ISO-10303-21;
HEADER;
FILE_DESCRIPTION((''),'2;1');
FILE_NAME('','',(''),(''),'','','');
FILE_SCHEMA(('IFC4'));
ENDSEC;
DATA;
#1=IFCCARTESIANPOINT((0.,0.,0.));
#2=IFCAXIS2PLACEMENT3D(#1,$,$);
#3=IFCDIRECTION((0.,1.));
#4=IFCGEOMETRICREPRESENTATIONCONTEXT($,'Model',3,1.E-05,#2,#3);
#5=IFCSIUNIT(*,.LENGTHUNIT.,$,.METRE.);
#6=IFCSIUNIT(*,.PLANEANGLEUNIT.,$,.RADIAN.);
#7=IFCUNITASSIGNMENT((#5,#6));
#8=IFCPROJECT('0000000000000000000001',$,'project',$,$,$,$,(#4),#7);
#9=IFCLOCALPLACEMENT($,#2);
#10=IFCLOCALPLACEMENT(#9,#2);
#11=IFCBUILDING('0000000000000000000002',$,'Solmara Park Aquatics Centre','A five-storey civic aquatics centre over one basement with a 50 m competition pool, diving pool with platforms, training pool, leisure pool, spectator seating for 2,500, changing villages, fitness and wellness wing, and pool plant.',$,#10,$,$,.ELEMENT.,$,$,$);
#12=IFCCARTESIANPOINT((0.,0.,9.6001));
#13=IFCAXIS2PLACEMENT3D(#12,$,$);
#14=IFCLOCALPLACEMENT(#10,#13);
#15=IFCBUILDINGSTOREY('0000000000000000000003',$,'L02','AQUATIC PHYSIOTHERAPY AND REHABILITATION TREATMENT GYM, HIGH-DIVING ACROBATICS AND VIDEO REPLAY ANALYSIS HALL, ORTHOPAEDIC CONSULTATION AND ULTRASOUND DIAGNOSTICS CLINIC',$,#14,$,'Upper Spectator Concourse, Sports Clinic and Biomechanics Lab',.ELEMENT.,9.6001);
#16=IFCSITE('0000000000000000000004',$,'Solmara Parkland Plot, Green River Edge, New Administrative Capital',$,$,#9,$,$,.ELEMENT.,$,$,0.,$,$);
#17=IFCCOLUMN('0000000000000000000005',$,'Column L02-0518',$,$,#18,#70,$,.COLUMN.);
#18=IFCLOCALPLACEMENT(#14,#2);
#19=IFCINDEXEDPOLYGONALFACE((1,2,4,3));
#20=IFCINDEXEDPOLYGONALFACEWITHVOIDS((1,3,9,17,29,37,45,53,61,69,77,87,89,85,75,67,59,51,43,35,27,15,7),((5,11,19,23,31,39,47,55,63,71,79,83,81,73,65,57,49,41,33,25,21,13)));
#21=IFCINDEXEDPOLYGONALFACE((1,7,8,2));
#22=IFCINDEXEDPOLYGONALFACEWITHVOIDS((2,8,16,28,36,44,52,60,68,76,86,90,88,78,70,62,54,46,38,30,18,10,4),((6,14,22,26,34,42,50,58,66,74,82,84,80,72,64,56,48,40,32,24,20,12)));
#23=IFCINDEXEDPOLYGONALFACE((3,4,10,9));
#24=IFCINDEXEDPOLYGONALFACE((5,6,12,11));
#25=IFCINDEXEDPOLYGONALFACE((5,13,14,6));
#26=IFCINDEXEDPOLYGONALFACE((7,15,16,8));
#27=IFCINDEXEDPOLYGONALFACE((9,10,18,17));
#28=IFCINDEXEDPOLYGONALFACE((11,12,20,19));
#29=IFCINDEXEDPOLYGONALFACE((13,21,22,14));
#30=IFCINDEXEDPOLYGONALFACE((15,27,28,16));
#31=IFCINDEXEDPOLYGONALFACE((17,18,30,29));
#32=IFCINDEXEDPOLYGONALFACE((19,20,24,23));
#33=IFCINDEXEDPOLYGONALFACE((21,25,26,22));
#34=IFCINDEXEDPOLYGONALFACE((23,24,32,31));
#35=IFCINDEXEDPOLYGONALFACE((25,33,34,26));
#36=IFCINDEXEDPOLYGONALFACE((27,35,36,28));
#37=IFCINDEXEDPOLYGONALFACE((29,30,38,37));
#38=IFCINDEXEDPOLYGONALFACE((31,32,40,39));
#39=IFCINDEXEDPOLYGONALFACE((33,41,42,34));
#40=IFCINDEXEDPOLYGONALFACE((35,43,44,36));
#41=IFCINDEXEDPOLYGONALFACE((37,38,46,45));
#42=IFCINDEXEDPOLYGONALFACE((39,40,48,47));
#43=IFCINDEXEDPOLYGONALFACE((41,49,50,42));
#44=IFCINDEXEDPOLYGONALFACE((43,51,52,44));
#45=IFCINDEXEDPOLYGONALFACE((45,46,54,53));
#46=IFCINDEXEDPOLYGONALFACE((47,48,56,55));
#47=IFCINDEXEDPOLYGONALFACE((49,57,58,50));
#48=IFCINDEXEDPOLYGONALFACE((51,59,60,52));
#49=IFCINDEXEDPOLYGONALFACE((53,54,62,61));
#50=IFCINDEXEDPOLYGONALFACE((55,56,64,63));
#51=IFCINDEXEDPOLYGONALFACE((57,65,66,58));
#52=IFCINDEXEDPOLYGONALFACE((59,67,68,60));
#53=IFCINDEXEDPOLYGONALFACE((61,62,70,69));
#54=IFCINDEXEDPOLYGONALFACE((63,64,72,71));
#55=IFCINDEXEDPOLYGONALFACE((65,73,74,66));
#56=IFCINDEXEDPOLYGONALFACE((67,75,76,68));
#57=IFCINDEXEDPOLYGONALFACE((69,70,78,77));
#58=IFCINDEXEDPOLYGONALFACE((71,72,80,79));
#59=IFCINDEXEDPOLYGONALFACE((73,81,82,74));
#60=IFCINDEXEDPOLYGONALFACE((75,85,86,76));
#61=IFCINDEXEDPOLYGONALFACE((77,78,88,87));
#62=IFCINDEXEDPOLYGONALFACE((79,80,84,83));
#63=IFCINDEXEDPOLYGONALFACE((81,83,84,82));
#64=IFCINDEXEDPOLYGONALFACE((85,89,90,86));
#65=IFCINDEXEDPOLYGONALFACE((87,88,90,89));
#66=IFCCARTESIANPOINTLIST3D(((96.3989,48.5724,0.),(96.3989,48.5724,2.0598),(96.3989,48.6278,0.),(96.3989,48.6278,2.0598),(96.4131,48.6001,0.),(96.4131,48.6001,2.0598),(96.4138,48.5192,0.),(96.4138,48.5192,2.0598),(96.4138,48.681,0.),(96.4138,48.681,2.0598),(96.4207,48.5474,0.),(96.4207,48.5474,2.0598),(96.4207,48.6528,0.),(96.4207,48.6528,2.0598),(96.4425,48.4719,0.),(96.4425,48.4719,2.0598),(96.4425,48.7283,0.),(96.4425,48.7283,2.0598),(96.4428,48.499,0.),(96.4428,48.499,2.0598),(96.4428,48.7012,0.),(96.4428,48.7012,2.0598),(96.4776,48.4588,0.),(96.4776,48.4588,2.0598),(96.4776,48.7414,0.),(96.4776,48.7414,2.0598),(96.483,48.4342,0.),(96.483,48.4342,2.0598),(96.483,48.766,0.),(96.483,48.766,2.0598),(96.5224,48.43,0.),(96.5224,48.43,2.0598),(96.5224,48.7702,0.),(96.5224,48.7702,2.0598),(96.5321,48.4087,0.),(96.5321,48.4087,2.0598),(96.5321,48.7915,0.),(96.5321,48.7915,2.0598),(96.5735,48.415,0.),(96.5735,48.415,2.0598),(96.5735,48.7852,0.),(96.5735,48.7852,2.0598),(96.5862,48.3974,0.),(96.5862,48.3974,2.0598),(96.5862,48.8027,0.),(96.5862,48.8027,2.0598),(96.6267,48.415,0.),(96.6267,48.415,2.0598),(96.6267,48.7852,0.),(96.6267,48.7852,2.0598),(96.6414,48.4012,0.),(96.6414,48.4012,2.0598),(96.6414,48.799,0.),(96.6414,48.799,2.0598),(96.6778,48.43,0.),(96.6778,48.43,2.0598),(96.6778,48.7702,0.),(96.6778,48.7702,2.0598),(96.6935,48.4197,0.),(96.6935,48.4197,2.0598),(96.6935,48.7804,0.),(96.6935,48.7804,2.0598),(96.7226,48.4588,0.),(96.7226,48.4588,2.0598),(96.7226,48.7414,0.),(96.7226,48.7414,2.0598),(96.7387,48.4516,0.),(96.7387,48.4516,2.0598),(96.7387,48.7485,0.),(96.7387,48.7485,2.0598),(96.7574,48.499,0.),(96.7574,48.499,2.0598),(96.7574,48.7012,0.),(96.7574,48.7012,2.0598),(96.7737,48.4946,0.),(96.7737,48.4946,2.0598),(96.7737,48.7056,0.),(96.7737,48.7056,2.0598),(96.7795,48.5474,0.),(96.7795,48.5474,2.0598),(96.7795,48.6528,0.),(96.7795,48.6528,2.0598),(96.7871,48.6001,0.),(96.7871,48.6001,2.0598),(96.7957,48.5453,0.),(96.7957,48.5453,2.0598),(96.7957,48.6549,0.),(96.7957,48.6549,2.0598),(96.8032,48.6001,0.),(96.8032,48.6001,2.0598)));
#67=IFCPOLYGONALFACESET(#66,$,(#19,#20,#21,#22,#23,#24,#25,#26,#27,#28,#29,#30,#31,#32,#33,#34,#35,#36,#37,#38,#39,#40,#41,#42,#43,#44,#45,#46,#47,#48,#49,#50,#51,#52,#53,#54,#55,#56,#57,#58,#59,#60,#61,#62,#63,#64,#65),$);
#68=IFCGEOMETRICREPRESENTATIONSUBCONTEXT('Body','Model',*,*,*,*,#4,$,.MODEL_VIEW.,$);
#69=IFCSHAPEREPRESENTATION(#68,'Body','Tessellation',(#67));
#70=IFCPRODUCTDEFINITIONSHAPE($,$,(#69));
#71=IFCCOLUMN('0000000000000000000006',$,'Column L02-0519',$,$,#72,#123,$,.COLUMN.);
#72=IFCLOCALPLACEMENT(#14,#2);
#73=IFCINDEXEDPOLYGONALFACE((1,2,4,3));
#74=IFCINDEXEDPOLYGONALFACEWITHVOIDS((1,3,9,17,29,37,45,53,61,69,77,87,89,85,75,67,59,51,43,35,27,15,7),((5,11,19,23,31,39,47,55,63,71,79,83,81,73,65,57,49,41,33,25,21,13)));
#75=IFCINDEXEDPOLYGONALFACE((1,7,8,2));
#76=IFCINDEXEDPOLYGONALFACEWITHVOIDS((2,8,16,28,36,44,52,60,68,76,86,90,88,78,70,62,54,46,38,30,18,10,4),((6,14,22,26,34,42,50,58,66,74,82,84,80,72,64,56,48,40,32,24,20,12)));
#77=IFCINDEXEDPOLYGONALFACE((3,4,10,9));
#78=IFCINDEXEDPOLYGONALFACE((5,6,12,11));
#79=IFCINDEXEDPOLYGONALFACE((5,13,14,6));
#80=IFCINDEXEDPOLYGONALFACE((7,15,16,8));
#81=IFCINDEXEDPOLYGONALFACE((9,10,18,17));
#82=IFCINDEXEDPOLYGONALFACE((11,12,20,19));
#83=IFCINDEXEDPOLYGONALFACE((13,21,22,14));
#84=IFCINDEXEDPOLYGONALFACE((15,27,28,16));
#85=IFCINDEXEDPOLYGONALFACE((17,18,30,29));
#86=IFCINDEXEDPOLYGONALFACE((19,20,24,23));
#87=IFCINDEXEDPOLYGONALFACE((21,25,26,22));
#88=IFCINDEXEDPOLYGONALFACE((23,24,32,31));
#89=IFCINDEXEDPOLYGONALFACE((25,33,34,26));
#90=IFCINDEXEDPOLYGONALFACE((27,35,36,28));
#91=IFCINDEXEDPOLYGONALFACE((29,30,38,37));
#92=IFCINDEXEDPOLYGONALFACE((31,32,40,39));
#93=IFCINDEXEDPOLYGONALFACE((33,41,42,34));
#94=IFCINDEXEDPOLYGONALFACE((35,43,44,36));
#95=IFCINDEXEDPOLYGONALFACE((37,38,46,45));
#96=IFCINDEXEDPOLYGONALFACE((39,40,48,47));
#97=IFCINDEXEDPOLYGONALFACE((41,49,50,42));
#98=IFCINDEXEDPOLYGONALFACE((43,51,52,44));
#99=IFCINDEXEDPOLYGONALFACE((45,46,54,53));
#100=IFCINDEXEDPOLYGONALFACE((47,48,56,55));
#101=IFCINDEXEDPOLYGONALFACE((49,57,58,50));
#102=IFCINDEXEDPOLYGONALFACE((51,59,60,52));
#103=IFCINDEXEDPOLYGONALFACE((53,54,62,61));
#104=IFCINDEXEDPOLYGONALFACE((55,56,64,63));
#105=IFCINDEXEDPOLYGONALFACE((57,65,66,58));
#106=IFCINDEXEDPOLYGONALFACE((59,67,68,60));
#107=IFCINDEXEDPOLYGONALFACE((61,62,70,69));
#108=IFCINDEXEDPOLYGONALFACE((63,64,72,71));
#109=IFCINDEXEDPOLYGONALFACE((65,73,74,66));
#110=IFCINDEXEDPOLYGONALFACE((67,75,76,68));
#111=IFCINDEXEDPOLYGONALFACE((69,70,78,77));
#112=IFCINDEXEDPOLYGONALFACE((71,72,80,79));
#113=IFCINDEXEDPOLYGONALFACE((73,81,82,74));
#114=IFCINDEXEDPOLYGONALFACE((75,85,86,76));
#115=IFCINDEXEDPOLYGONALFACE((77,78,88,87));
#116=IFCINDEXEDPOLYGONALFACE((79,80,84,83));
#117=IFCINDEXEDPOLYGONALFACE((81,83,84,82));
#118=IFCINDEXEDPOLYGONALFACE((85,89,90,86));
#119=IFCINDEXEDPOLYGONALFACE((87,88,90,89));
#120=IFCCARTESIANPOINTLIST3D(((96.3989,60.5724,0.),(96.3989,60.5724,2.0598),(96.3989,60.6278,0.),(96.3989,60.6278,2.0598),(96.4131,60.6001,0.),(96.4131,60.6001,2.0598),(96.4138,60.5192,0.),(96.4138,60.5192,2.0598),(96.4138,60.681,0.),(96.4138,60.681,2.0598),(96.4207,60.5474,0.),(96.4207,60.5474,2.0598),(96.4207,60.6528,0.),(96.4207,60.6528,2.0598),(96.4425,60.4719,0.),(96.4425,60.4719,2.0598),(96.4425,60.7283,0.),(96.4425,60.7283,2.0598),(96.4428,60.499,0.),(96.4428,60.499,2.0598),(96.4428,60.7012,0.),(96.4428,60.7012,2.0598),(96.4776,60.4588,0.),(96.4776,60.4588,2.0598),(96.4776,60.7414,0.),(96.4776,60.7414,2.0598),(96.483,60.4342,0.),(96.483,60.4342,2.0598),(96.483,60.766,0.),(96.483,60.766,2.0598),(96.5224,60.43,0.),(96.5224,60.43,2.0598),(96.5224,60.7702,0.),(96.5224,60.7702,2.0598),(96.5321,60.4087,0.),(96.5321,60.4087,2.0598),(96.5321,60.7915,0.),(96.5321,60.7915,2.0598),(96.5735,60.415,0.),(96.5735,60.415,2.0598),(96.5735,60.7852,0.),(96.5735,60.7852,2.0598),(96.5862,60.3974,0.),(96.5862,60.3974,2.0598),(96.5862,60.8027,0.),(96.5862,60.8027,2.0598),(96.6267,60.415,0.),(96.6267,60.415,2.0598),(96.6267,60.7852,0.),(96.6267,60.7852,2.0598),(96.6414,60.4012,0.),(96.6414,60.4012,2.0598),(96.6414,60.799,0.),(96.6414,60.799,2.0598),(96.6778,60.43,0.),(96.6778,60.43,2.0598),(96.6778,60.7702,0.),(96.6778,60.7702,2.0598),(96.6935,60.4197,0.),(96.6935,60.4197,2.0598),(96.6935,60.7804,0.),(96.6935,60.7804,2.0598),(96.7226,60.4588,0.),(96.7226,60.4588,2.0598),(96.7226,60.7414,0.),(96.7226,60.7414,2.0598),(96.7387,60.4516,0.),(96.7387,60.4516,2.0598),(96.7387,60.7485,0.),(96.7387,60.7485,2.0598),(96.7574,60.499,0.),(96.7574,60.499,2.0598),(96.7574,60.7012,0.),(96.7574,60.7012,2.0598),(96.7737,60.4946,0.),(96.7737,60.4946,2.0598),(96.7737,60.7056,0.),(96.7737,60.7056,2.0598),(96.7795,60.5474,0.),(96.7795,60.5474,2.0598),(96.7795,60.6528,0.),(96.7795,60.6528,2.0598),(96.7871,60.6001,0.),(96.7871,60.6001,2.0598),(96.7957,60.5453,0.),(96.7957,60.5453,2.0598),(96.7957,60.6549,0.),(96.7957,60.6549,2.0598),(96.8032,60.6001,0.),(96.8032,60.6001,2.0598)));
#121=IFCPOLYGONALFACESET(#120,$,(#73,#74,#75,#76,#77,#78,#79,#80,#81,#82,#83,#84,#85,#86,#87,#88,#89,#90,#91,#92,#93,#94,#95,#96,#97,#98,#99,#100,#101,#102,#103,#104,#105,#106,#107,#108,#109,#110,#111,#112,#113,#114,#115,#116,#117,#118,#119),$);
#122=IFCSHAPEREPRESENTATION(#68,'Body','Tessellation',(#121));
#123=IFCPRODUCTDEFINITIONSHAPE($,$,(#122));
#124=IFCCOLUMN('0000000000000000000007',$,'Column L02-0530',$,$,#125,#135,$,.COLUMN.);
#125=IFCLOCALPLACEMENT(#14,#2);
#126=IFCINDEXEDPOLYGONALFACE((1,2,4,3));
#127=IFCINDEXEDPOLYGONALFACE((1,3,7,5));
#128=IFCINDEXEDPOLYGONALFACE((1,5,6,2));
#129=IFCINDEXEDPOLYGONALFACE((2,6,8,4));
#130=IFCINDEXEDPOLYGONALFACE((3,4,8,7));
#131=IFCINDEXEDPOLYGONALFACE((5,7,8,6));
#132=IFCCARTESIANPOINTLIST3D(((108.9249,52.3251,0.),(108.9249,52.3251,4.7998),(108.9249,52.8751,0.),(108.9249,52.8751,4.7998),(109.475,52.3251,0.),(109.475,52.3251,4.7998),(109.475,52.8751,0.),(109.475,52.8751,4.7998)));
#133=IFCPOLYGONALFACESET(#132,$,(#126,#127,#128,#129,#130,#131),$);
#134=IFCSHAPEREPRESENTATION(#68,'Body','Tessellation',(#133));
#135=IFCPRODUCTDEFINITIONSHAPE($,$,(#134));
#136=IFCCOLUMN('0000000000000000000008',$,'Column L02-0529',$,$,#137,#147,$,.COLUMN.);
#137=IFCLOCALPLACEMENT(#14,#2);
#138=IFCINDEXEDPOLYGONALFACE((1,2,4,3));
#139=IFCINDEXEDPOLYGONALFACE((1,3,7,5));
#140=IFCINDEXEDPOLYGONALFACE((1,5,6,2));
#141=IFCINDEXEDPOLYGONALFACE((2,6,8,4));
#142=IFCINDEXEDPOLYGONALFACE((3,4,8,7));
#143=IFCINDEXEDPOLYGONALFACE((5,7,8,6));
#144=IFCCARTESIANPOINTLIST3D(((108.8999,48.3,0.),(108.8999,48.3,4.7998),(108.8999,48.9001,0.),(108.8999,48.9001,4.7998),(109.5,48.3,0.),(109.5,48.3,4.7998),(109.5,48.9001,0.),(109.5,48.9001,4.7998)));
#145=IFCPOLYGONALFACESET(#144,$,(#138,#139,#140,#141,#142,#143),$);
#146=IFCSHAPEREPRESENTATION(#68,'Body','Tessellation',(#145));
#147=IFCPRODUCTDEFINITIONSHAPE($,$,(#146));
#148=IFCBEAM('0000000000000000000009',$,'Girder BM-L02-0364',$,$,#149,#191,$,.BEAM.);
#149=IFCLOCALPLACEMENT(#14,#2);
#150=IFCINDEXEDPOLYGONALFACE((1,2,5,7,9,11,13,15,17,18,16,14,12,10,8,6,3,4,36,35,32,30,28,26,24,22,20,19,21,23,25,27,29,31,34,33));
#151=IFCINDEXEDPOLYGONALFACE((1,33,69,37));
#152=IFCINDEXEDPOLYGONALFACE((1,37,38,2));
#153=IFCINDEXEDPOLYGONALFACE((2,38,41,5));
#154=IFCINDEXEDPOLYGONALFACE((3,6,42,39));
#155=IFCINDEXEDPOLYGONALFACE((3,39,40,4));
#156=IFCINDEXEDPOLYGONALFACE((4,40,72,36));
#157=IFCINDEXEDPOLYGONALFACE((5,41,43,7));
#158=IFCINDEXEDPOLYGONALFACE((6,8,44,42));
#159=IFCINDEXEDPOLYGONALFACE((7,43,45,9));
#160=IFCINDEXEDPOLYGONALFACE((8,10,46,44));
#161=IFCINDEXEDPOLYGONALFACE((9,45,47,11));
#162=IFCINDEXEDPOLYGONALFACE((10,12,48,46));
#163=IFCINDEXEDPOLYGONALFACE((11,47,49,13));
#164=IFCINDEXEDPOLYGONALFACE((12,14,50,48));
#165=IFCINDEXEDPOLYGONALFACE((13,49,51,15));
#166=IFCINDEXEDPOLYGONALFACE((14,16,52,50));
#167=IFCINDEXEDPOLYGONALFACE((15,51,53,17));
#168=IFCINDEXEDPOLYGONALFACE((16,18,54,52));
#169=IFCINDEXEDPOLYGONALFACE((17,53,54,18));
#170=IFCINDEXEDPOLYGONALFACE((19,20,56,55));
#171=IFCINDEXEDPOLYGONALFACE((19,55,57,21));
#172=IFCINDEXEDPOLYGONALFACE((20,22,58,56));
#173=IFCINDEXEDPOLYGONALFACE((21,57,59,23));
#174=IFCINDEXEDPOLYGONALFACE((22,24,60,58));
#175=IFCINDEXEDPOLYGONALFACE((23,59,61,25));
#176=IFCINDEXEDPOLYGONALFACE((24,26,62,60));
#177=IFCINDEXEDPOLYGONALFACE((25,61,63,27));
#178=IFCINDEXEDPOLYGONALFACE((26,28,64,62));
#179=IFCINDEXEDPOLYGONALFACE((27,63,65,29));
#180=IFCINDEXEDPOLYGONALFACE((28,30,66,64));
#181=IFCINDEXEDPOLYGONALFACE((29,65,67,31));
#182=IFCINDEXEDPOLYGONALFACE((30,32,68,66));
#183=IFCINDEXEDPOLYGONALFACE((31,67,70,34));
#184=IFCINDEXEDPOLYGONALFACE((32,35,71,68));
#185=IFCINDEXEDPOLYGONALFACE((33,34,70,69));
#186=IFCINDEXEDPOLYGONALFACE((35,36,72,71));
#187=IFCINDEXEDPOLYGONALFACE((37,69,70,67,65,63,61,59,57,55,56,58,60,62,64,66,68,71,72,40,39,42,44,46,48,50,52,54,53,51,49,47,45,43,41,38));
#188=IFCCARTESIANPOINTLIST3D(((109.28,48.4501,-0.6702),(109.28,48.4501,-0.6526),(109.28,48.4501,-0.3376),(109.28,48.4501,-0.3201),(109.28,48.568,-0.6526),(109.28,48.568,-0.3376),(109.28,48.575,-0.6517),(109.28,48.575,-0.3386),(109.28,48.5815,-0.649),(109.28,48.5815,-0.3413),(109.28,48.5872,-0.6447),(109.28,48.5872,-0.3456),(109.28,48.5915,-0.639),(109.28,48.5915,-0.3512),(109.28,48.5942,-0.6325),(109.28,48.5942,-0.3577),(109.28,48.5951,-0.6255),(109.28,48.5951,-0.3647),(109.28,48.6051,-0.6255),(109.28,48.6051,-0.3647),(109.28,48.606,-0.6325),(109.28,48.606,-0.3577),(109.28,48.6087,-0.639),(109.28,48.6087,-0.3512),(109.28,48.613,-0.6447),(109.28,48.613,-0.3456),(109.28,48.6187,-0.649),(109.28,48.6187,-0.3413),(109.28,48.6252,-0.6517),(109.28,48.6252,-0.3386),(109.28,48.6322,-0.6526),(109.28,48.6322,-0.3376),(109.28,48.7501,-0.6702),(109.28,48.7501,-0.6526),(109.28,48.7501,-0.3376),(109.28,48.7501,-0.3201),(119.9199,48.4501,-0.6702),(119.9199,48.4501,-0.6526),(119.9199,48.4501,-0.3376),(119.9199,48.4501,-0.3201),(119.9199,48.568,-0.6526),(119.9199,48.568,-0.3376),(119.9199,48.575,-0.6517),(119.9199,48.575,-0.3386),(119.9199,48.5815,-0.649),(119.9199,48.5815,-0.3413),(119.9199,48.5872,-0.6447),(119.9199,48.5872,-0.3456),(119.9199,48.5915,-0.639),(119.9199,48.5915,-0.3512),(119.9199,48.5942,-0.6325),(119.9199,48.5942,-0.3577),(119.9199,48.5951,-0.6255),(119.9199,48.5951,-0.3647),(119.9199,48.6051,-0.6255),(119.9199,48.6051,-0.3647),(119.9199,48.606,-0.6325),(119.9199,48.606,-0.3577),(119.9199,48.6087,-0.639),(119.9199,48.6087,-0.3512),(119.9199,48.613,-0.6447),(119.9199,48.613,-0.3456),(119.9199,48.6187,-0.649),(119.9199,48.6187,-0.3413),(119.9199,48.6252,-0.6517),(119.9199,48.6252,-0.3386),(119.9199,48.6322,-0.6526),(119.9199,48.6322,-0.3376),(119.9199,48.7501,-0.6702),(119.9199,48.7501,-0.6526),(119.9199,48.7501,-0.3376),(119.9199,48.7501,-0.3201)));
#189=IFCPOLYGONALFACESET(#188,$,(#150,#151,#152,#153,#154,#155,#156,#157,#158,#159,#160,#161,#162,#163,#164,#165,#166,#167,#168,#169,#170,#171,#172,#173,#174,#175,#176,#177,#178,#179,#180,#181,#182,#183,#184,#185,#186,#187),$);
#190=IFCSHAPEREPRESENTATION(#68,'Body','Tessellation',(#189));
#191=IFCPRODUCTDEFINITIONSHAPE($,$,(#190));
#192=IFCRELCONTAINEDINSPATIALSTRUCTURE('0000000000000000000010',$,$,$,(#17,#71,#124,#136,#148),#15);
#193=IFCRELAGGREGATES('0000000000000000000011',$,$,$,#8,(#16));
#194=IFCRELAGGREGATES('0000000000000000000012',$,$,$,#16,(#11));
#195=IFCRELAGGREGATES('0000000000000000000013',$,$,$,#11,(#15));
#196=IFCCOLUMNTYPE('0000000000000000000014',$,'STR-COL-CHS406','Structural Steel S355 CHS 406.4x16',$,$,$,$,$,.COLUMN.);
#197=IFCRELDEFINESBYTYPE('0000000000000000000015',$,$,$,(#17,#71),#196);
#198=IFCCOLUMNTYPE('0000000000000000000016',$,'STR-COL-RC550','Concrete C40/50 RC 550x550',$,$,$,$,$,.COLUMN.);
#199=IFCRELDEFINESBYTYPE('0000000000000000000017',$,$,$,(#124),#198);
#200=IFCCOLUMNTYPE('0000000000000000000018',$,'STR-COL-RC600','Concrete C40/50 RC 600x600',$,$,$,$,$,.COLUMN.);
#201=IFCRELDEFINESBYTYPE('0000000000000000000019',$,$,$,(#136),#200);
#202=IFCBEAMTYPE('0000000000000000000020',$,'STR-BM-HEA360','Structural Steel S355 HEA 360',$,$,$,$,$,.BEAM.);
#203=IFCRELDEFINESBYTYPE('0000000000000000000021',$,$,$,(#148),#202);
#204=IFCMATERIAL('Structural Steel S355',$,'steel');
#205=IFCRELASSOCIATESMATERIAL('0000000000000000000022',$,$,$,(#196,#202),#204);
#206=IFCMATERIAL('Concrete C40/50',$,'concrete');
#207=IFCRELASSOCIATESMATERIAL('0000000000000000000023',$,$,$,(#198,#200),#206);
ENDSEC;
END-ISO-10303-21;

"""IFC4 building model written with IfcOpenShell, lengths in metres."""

from ifc_helpers import new_model, si_unit, direction, frame, origin, origin_2d, place, context, subcontext, project, spatial, rectangle, hollow_circle, i_section, extrude, material, material_profile, profile_set, type_object, element, save


model = new_model("IFC4")

# Units and contexts
model_context = context("Model", 3, precision=1e-05, world=origin(), true_north=direction((0.0, 1.0)))
body_context = subcontext(model_context, "Body", "Model", "MODEL_VIEW")
ifc_project = project(units=[si_unit("LENGTHUNIT", "METRE"), si_unit("PLANEANGLEUNIT", "RADIAN")], contexts=[model_context])

# Site, building, storey
site_placement = place(None, origin())
site = spatial("IfcSite", under=ifc_project, at=site_placement, Name="Solmara Parkland Plot, Green River Edge, New Administrative Capital", CompositionType="ELEMENT", RefElevation=0.0)
building_placement = place(site_placement, origin())
building = spatial("IfcBuilding", under=site, at=building_placement, Name="Solmara Park Aquatics Centre", Description="A five-storey civic aquatics centre over one basement with a 50 m competition pool, diving pool with platforms, training pool, leisure pool, spectator seating for 2,500, changing villages, fitness and wellness wing, and pool plant.", CompositionType="ELEMENT")
storey_placement = place(building_placement, frame((0.0, 0.0, 9.6001)))
storey = spatial("IfcBuildingStorey", under=building, at=storey_placement, Name="L02", Description="AQUATIC PHYSIOTHERAPY AND REHABILITATION TREATMENT GYM, HIGH-DIVING ACROBATICS AND VIDEO REPLAY ANALYSIS HALL, ORTHOPAEDIC CONSULTATION AND ULTRASOUND DIAGNOSTICS CLINIC", LongName="Upper Spectator Concourse, Sports Clinic and Biomechanics Lab", CompositionType="ELEMENT", Elevation=9.6001)

# Columns
ifc_material_1 = material(Name="Structural Steel S355", Category="steel")
ifc_material_profile_1 = material_profile(ifc_material_1, hollow_circle(Radius=0.2031, WallThickness=0.0161, at=origin_2d()), Name="CHS 406.4x16")
ifc_profile_set_1 = profile_set([ifc_material_profile_1], Name="Structural Steel S355")
column_type_1 = type_object("IfcColumnType", Name="STR-COL-CHS406", Description="Structural Steel S355 CHS 406.4x16", PredefinedType="COLUMN", material=ifc_profile_set_1)
for number, where, z_axis, x_axis, name in (
    (1, (96.6001, 48.6001, 0.0), (0.0, 0.0, 1.0), (1.0, 0.0, 0.0), "Column L02-0518"),
    (2, (96.6001, 60.6001, 0.0), (0.0, 0.0, 1.0), (1.0, 0.0, 0.0), "Column L02-0519"),
):
    element("IfcColumn", number, at=place(storey_placement, frame(where, z_axis=z_axis, x_axis=x_axis)), inside=storey, type_object=column_type_1, Name=name, PredefinedType="COLUMN", context=body_context, shape_type="SweptSolid", body=[
        extrude(hollow_circle(Radius=0.2031, WallThickness=0.0161, at=origin_2d()), origin(), (0.0, 0.0, 1.0), 2.0598),
    ])
ifc_material_2 = material(Name="Concrete C40/50", Category="concrete")
ifc_material_profile_2 = material_profile(ifc_material_2, rectangle(XDim=0.55, YDim=0.55, at=origin_2d()), Name="RC 550x550")
ifc_profile_set_2 = profile_set([ifc_material_profile_2], Name="Concrete C40/50")
column_type_2 = type_object("IfcColumnType", Name="STR-COL-RC550", Description="Concrete C40/50 RC 550x550", PredefinedType="COLUMN", material=ifc_profile_set_2)
column_1_placement = place(storey_placement, frame((109.2, 52.6001, 0.0), z_axis=(0.0, 0.0, 1.0), x_axis=(1.0, 0.0, 0.0)))
element("IfcColumn", 3, at=column_1_placement, inside=storey, type_object=column_type_2, Name="Column L02-0530", PredefinedType="COLUMN", context=body_context, shape_type="SweptSolid", body=[
    extrude(rectangle(XDim=0.55, YDim=0.55, at=origin_2d()), origin(), (0.0, 0.0, 1.0), 4.7998),
])
ifc_material_profile_3 = material_profile(ifc_material_2, rectangle(XDim=0.6001, YDim=0.6001, at=origin_2d()), Name="RC 600x600")
ifc_profile_set_3 = profile_set([ifc_material_profile_3], Name="Concrete C40/50")
column_type_3 = type_object("IfcColumnType", Name="STR-COL-RC600", Description="Concrete C40/50 RC 600x600", PredefinedType="COLUMN", material=ifc_profile_set_3)
column_2_placement = place(storey_placement, frame((109.2, 48.6001, 0.0), z_axis=(0.0, 0.0, 1.0), x_axis=(1.0, 0.0, 0.0)))
element("IfcColumn", 4, at=column_2_placement, inside=storey, type_object=column_type_3, Name="Column L02-0529", PredefinedType="COLUMN", context=body_context, shape_type="SweptSolid", body=[
    extrude(rectangle(XDim=0.6001, YDim=0.6001, at=origin_2d()), origin(), (0.0, 0.0, 1.0), 4.7998),
])

# Beam
ifc_material_profile_4 = material_profile(ifc_material_1, i_section(OverallWidth=0.3, OverallDepth=0.3501, WebThickness=0.01, FlangeThickness=0.0176, FilletRadius=0.0271, at=origin_2d()), Name="HEA 360")
ifc_profile_set_4 = profile_set([ifc_material_profile_4], Name="Structural Steel S355")
beam_type_1 = type_object("IfcBeamType", Name="STR-BM-HEA360", Description="Structural Steel S355 HEA 360", PredefinedType="BEAM", material=ifc_profile_set_4)
for number, where, z_axis, x_axis, name in (
    (5, (109.28, 48.6001, -0.4951), (1.0, 0.0, 0.0), (0.0, 1.0, 0.0), "Girder BM-L02-0364"),
):
    element("IfcBeam", number, at=place(storey_placement, frame(where, z_axis=z_axis, x_axis=x_axis)), inside=storey, type_object=beam_type_1, Name=name, PredefinedType="BEAM", context=body_context, shape_type="SweptSolid", body=[
        extrude(i_section(OverallWidth=0.3, OverallDepth=0.3501, WebThickness=0.01, FlangeThickness=0.0176, FilletRadius=0.0271, at=origin_2d()), origin(), (0.0, 0.0, 1.0), 10.6399),
    ])

save(model, "model.ifc")
